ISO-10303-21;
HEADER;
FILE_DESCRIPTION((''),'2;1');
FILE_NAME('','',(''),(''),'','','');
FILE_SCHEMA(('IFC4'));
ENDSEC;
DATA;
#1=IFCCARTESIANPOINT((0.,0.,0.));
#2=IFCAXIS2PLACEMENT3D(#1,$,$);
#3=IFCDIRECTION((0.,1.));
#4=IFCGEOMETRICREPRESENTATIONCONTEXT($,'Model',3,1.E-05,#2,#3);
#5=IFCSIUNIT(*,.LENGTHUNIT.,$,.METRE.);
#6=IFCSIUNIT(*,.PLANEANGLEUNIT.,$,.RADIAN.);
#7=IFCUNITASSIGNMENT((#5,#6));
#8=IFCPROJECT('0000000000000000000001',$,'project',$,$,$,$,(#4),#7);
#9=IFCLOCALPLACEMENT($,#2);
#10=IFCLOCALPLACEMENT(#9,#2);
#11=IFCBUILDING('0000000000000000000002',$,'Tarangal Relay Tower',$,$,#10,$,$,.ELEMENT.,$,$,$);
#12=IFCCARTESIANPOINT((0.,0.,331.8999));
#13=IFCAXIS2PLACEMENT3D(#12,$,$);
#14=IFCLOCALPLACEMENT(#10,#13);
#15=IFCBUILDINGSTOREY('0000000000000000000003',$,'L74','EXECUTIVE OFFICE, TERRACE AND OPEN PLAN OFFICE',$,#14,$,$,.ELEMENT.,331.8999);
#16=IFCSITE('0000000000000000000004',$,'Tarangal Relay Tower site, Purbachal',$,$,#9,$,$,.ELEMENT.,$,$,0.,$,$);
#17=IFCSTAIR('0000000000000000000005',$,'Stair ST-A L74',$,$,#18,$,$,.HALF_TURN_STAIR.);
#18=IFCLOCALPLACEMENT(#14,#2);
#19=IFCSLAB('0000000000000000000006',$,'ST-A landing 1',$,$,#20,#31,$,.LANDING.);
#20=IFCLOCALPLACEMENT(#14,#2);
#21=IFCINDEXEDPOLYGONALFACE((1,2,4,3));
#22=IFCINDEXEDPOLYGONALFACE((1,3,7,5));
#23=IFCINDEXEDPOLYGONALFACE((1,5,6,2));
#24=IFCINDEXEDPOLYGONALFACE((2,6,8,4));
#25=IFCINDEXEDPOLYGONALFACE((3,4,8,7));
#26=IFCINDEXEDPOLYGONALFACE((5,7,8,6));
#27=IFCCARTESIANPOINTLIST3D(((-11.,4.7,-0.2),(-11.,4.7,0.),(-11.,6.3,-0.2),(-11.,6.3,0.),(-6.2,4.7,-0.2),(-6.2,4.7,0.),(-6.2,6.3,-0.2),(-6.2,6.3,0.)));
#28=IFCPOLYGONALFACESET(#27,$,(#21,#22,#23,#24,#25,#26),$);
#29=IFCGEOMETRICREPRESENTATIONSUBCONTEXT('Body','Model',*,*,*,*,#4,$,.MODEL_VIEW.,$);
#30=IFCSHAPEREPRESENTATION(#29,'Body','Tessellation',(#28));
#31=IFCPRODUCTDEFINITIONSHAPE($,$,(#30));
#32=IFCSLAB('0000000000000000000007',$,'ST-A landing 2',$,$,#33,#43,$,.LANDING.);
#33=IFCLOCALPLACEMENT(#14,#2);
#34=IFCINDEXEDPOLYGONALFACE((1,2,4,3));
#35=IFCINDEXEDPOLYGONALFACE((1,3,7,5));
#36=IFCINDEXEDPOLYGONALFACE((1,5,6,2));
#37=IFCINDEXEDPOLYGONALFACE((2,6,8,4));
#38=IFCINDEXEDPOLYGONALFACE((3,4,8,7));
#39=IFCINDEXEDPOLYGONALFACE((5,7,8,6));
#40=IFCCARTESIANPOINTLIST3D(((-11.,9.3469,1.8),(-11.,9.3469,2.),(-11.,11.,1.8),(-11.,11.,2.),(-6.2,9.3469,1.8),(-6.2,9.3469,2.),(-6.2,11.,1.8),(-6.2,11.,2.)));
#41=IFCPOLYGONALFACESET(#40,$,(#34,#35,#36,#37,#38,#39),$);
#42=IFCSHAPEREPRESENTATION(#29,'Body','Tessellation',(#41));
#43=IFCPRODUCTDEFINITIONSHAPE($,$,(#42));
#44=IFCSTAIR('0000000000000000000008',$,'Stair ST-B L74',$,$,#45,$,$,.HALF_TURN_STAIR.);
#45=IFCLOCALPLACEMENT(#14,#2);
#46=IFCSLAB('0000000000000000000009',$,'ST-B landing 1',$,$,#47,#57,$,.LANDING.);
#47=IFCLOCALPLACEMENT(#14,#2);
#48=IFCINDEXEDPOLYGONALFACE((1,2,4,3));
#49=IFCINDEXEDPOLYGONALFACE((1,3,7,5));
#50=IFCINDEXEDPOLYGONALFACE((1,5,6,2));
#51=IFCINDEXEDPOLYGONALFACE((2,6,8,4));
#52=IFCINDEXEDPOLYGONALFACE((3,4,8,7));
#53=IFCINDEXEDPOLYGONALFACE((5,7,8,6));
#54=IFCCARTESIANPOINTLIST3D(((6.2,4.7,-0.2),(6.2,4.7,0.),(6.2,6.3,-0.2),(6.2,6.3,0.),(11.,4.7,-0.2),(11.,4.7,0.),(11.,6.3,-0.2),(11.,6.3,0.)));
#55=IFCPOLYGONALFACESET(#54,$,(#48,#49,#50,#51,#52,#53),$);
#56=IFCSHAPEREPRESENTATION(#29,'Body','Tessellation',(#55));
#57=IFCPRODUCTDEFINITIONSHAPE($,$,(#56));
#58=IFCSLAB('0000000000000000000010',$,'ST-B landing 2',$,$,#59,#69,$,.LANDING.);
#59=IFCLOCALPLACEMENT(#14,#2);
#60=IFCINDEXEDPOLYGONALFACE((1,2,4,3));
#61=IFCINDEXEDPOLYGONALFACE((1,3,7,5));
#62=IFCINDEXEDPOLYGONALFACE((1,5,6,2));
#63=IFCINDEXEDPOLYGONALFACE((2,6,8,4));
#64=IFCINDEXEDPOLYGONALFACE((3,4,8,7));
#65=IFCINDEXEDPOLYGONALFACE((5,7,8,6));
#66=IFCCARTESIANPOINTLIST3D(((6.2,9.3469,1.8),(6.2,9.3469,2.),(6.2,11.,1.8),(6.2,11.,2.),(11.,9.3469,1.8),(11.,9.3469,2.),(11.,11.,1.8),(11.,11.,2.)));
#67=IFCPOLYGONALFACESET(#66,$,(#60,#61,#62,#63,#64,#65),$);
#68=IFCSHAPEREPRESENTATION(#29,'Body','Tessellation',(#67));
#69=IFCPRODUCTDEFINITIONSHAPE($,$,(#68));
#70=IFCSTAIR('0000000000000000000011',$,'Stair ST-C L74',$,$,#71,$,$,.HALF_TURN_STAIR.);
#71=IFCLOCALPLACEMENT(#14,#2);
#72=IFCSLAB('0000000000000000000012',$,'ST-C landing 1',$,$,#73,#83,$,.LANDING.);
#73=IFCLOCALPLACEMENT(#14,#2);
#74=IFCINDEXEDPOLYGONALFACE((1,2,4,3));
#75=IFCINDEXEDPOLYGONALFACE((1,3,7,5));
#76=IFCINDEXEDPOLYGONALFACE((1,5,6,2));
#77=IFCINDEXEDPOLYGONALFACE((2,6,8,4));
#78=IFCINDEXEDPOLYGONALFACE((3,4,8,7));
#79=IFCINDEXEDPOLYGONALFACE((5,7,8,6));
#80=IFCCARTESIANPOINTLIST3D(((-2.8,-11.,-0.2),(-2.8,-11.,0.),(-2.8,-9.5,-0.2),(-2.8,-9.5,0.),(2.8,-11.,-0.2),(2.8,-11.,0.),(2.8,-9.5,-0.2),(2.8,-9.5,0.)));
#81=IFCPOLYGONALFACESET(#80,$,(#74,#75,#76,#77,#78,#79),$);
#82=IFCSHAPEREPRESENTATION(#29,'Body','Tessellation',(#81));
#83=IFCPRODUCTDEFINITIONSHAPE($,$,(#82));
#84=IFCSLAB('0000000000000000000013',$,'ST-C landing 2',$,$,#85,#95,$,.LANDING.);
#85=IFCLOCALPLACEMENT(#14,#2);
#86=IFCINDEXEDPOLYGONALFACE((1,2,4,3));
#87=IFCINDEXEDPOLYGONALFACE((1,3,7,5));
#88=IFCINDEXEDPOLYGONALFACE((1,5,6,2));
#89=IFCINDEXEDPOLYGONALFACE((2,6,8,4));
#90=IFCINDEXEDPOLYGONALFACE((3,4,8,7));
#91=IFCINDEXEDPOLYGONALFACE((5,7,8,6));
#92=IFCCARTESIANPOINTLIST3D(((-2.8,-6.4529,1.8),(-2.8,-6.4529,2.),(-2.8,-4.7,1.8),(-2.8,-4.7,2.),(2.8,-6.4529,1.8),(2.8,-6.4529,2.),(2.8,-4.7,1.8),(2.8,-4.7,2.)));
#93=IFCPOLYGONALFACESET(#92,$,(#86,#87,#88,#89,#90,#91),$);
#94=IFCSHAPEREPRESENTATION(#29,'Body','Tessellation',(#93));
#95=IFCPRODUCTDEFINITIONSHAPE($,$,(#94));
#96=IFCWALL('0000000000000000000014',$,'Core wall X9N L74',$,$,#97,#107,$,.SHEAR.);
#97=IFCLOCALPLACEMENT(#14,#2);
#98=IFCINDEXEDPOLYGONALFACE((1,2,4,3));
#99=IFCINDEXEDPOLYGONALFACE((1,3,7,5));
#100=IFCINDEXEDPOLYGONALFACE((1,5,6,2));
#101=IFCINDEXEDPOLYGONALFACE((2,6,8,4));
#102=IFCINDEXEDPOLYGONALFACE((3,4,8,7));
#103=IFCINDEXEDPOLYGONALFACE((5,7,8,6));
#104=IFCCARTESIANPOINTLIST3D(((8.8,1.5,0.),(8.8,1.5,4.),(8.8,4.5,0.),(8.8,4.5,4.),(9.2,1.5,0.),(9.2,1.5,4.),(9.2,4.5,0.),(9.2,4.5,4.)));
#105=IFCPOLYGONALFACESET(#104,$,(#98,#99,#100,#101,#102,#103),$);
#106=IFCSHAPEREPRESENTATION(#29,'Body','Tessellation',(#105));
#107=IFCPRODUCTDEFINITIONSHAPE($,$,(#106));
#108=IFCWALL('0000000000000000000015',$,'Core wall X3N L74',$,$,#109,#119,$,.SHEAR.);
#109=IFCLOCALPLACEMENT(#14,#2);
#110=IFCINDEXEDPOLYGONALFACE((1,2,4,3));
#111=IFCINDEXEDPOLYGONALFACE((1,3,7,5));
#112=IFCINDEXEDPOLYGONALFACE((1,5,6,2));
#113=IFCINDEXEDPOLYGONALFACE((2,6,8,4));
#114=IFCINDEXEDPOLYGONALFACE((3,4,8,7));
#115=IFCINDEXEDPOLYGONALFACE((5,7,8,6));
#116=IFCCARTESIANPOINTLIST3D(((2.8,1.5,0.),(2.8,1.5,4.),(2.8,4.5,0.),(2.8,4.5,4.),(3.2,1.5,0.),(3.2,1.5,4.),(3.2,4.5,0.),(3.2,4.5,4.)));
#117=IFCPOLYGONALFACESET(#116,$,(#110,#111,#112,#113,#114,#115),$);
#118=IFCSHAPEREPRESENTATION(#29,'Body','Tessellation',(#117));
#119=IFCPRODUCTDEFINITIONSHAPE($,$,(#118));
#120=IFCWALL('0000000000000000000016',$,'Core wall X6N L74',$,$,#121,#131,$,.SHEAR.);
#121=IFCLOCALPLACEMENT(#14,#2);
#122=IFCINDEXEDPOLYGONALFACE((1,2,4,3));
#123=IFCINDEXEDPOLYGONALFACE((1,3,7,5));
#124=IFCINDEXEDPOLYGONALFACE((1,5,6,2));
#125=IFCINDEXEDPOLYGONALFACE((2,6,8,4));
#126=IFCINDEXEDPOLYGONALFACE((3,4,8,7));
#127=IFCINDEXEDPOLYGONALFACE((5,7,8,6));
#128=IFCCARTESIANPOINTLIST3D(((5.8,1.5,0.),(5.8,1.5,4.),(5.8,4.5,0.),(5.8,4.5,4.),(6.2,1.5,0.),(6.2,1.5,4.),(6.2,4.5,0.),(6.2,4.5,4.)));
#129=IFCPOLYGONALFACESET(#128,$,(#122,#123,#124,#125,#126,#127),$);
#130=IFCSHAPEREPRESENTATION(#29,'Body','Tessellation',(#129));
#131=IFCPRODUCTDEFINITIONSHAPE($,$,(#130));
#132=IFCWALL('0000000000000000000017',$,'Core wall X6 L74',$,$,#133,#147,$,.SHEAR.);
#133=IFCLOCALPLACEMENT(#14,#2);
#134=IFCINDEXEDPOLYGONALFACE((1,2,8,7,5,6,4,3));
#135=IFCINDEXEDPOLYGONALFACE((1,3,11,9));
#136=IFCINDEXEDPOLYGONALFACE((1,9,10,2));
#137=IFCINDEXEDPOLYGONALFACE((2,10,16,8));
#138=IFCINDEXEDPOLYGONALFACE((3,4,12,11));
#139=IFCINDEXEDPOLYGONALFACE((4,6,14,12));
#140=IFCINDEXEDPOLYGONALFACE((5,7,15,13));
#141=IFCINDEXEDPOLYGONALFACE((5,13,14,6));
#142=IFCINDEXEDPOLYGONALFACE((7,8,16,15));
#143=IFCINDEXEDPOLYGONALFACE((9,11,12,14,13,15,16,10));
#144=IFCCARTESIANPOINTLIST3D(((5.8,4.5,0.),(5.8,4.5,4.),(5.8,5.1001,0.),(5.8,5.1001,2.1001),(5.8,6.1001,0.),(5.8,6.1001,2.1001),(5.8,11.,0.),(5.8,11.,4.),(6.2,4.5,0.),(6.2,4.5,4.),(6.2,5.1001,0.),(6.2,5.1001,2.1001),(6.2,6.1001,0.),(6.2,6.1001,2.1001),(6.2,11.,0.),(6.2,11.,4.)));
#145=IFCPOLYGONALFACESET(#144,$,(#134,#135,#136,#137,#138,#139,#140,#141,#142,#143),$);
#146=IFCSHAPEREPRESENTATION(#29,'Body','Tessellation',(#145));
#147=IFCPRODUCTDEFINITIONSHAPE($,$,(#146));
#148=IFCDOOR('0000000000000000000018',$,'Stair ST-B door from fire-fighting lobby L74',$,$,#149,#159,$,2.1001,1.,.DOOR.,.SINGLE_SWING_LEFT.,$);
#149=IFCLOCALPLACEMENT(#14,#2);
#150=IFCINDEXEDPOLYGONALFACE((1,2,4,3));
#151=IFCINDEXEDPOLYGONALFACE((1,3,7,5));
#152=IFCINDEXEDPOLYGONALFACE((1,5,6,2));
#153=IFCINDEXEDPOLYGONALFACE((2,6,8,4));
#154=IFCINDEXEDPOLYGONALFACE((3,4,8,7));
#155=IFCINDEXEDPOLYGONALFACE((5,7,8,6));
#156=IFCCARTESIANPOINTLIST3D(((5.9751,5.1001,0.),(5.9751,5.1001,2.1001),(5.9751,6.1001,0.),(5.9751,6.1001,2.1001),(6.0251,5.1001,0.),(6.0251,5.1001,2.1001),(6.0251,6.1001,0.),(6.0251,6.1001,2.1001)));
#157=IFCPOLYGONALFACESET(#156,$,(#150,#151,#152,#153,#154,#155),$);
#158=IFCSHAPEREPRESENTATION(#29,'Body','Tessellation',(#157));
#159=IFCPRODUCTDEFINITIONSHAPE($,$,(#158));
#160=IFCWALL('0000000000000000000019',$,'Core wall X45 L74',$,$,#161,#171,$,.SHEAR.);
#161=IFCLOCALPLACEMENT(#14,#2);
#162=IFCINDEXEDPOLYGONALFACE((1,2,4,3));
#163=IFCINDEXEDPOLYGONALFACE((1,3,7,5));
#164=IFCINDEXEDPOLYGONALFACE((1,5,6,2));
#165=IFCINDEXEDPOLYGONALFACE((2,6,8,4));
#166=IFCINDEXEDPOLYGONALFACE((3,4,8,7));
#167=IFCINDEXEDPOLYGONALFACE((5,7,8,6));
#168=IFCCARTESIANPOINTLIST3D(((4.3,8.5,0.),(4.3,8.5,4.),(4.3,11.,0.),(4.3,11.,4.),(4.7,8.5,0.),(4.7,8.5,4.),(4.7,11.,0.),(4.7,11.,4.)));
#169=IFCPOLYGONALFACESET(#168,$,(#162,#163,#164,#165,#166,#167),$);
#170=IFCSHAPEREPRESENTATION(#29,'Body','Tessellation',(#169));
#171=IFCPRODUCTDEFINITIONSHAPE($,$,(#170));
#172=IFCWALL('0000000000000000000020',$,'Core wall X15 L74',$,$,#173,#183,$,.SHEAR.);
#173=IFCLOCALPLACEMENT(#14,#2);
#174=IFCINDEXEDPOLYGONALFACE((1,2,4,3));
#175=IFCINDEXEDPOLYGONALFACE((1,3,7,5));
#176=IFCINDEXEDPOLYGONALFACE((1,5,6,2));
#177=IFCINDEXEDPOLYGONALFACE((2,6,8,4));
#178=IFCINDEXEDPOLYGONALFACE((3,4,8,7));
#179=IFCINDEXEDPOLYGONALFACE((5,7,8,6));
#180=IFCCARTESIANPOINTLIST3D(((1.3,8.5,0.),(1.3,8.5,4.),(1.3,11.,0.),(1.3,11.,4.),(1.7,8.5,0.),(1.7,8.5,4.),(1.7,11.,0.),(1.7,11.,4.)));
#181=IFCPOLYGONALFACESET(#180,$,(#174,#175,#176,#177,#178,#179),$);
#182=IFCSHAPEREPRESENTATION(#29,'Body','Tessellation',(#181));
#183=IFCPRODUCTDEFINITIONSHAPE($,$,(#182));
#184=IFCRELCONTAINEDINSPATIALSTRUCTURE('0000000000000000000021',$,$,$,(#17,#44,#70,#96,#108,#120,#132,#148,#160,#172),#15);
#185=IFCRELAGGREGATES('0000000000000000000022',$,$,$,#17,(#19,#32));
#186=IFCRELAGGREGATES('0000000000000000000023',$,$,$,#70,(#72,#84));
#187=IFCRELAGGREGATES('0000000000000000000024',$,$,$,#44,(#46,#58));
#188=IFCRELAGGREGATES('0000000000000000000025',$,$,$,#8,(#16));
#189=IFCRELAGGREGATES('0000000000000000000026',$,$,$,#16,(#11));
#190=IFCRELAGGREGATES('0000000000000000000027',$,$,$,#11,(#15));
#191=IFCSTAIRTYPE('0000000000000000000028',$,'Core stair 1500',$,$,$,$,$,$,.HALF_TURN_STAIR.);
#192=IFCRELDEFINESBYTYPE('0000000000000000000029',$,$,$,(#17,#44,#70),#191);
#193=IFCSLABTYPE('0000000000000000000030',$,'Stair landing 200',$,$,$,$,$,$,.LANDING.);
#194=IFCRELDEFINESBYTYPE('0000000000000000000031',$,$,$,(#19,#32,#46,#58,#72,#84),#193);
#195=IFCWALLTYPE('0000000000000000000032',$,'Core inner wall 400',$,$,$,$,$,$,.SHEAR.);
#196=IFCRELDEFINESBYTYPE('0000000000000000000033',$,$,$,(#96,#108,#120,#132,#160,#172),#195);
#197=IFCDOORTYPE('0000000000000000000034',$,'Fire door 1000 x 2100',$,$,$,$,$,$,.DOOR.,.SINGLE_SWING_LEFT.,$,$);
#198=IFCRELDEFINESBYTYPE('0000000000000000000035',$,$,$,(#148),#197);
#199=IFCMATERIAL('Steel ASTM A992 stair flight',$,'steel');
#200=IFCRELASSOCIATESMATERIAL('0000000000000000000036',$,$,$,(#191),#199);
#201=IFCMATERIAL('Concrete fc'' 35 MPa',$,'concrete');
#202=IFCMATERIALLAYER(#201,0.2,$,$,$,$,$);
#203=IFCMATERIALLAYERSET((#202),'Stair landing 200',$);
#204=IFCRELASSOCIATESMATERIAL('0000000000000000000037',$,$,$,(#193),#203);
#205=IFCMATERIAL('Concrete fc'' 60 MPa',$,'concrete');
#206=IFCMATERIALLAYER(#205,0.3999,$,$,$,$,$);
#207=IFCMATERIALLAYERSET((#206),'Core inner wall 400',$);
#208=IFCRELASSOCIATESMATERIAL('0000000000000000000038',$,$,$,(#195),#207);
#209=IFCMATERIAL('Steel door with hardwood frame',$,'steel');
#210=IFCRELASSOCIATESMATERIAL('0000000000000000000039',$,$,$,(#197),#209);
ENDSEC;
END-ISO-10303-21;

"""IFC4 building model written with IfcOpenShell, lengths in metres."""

from ifc_helpers import new_model, si_unit, direction, frame, frame_2d, origin, place, context, subcontext, project, spatial, polyline, rectangle, outline, extrude, material, layer, layer_set, type_object, element, fill, aggregate, save


model = new_model("IFC4")

# Units and contexts
model_context = context("Model", 3, precision=1e-05, world=origin(), true_north=direction((0.0, 1.0)))
body_context = subcontext(model_context, "Body", "Model", "MODEL_VIEW")
ifc_project = project(units=[si_unit("LENGTHUNIT", "METRE"), si_unit("PLANEANGLEUNIT", "RADIAN")], contexts=[model_context])

# Site, building, storey
site_placement = place(None, origin())
site = spatial("IfcSite", under=ifc_project, at=site_placement, Name="Tarangal Relay Tower site, Purbachal", CompositionType="ELEMENT", RefElevation=0.0)
building_placement = place(site_placement, origin())
building = spatial("IfcBuilding", under=site, at=building_placement, Name="Tarangal Relay Tower", CompositionType="ELEMENT")
storey_placement = place(building_placement, frame((0.0, 0.0, 331.8999)))
storey = spatial("IfcBuildingStorey", under=building, at=storey_placement, Name="L74", Description="EXECUTIVE OFFICE, TERRACE AND OPEN PLAN OFFICE", CompositionType="ELEMENT", Elevation=331.8999)

# Stairs, slabs
ifc_material_1 = material(Name="Steel ASTM A992 stair flight", Category="steel")
stair_type = type_object("IfcStairType", Name="Core stair 1500", PredefinedType="HALF_TURN_STAIR", material=ifc_material_1)
stair_1_placement = place(storey_placement, origin())
stair_1 = element("IfcStair", 1, at=stair_1_placement, inside=storey, type_object=stair_type, Name="Stair ST-A L74", PredefinedType="HALF_TURN_STAIR")
ifc_material_2 = material(Name="Concrete fc' 35 MPa", Category="concrete")
ifc_layer_1 = layer(ifc_material_2, 0.2)
ifc_layer_set_1 = layer_set([ifc_layer_1], Name="Stair landing 200")
slab_type = type_object("IfcSlabType", Name="Stair landing 200", PredefinedType="LANDING", material=ifc_layer_set_1)
slab_1_placement = place(storey_placement, frame((0.0, 0.0, -0.2)))
slab_1 = element("IfcSlab", 2, at=slab_1_placement, type_object=slab_type, Name="ST-A landing 1", PredefinedType="LANDING", context=body_context, shape_type="SweptSolid", body=[
    extrude(outline(polyline([(-11.0, 4.7), (-6.2, 4.7), (-6.2, 6.3), (-11.0, 6.3), (-11.0, 4.7)])), origin(), (0.0, 0.0, 1.0), 0.2),
])
slab_2_placement = place(storey_placement, frame((0.0, 0.0, 1.8)))
slab_2 = element("IfcSlab", 3, at=slab_2_placement, type_object=slab_type, Name="ST-A landing 2", PredefinedType="LANDING", context=body_context, shape_type="SweptSolid", body=[
    extrude(outline(polyline([(-11.0, 9.3469), (-6.2, 9.3469), (-6.2, 11.0), (-11.0, 11.0), (-11.0, 9.3469)])), origin(), (0.0, 0.0, 1.0), 0.2),
])
aggregate(stair_1, [slab_1, slab_2])
stair_2_placement = place(storey_placement, origin())
stair_2 = element("IfcStair", 4, at=stair_2_placement, inside=storey, type_object=stair_type, Name="Stair ST-B L74", PredefinedType="HALF_TURN_STAIR")
slab_3_placement = place(storey_placement, frame((0.0, 0.0, -0.2)))
slab_3 = element("IfcSlab", 5, at=slab_3_placement, type_object=slab_type, Name="ST-B landing 1", PredefinedType="LANDING", context=body_context, shape_type="SweptSolid", body=[
    extrude(outline(polyline([(6.2, 4.7), (11.0, 4.7), (11.0, 6.3), (6.2, 6.3), (6.2, 4.7)])), origin(), (0.0, 0.0, 1.0), 0.2),
])
slab_4_placement = place(storey_placement, frame((0.0, 0.0, 1.8)))
slab_4 = element("IfcSlab", 6, at=slab_4_placement, type_object=slab_type, Name="ST-B landing 2", PredefinedType="LANDING", context=body_context, shape_type="SweptSolid", body=[
    extrude(outline(polyline([(6.2, 9.3469), (11.0, 9.3469), (11.0, 11.0), (6.2, 11.0), (6.2, 9.3469)])), origin(), (0.0, 0.0, 1.0), 0.2),
])
stair_3_placement = place(storey_placement, origin())
stair_3 = element("IfcStair", 7, at=stair_3_placement, inside=storey, type_object=stair_type, Name="Stair ST-C L74", PredefinedType="HALF_TURN_STAIR")
slab_5_placement = place(storey_placement, frame((0.0, 0.0, -0.2)))
slab_5 = element("IfcSlab", 8, at=slab_5_placement, type_object=slab_type, Name="ST-C landing 1", PredefinedType="LANDING", context=body_context, shape_type="SweptSolid", body=[
    extrude(outline(polyline([(-2.8, -11.0), (2.8, -11.0), (2.8, -9.5), (-2.8, -9.5), (-2.8, -11.0)])), origin(), (0.0, 0.0, 1.0), 0.2),
])
slab_6_placement = place(storey_placement, frame((0.0, 0.0, 1.8)))
slab_6 = element("IfcSlab", 9, at=slab_6_placement, type_object=slab_type, Name="ST-C landing 2", PredefinedType="LANDING", context=body_context, shape_type="SweptSolid", body=[
    extrude(outline(polyline([(-2.8, -6.4529), (2.8, -6.4529), (2.8, -4.7), (-2.8, -4.7), (-2.8, -6.4529)])), origin(), (0.0, 0.0, 1.0), 0.2),
])
aggregate(stair_3, [slab_5, slab_6])

# Walls
ifc_material_3 = material(Name="Concrete fc' 60 MPa", Category="concrete")
ifc_layer_2 = layer(ifc_material_3, 0.3999)
ifc_layer_set_2 = layer_set([ifc_layer_2], Name="Core inner wall 400")
wall_type_1 = type_object("IfcWallType", Name="Core inner wall 400", PredefinedType="SHEAR", material=ifc_layer_set_2)
for number, where, z_axis, x_axis, name in (
    (10, (9.0, 1.5, 0.0), (0.0, 0.0, 1.0), (0.0, 1.0, 0.0), "Core wall X9N L74"),
    (11, (3.0, 1.5, 0.0), (0.0, 0.0, 1.0), (0.0, 1.0, 0.0), "Core wall X3N L74"),
    (12, (6.0, 1.5, 0.0), (0.0, 0.0, 1.0), (0.0, 1.0, 0.0), "Core wall X6N L74"),
):
    element("IfcWall", number, at=place(storey_placement, frame(where, z_axis=z_axis, x_axis=x_axis)), inside=storey, type_object=wall_type_1, Name=name, PredefinedType="SHEAR", context=body_context, shape_type="SweptSolid", body=[
        extrude(rectangle(XDim=3.0, YDim=0.3999, at=frame_2d((1.5, 0.0))), origin(), (0.0, 0.0, 1.0), 4.0),
    ])

# Wall, opening, door
wall_1_placement = place(storey_placement, frame((6.0, 4.5, 0.0), z_axis=(0.0, 0.0, 1.0), x_axis=(0.0, 1.0, 0.0)))
wall_1 = element("IfcWall", 13, at=wall_1_placement, inside=storey, type_object=wall_type_1, Name="Core wall X6 L74", PredefinedType="SHEAR", context=body_context, shape_type="SweptSolid", body=[
    extrude(rectangle(XDim=6.5, YDim=0.3999, at=frame_2d((3.25, 0.0))), origin(), (0.0, 0.0, 1.0), 4.0),
])
opening_1_placement = place(wall_1_placement, frame((0.6001, 0.0, 0.0)))
opening_1 = element("IfcOpeningElement", 14, at=opening_1_placement, cuts=wall_1, PredefinedType="OPENING", context=body_context, shape_type="SweptSolid", body=[
    extrude(rectangle(XDim=1.0, YDim=2.1001, at=frame_2d((0.5, 1.05))), frame((0.0, 0.21, 0.0), z_axis=(0.0, -1.0, 0.0), x_axis=(1.0, 0.0, 0.0)), (0.0, 0.0, 1.0), 0.4199),
])
ifc_material_4 = material(Name="Steel door with hardwood frame", Category="steel")
door_type_1 = type_object("IfcDoorType", Name="Fire door 1000 x 2100", OperationType="SINGLE_SWING_LEFT", PredefinedType="DOOR", material=ifc_material_4)
door_1_placement = place(opening_1_placement, origin())
door_1 = element("IfcDoor", 15, at=door_1_placement, inside=storey, type_object=door_type_1, Name="Stair ST-B door from fire-fighting lobby L74", OperationType="SINGLE_SWING_LEFT", OverallHeight=2.1001, OverallWidth=1.0, PredefinedType="DOOR", context=body_context, shape_type="SweptSolid", body=[
    extrude(rectangle(XDim=1.0, YDim=2.1001, at=frame_2d((0.5, 1.05))), frame((0.0, 0.0249, 0.0), z_axis=(0.0, -1.0, 0.0), x_axis=(1.0, 0.0, 0.0)), (0.0, 0.0, 1.0), 0.05),
])
fill(opening_1, door_1)

# Walls
for number, where, z_axis, x_axis, name in (
    (16, (4.5, 8.5, 0.0), (0.0, 0.0, 1.0), (0.0, 1.0, 0.0), "Core wall X45 L74"),
    (17, (1.5, 8.5, 0.0), (0.0, 0.0, 1.0), (0.0, 1.0, 0.0), "Core wall X15 L74"),
):
    element("IfcWall", number, at=place(storey_placement, frame(where, z_axis=z_axis, x_axis=x_axis)), inside=storey, type_object=wall_type_1, Name=name, PredefinedType="SHEAR", context=body_context, shape_type="SweptSolid", body=[
        extrude(rectangle(XDim=2.5, YDim=0.3999, at=frame_2d((1.25, 0.0))), origin(), (0.0, 0.0, 1.0), 4.0),
    ])

aggregate(stair_2, [slab_3, slab_4])

save(model, "model.ifc")
